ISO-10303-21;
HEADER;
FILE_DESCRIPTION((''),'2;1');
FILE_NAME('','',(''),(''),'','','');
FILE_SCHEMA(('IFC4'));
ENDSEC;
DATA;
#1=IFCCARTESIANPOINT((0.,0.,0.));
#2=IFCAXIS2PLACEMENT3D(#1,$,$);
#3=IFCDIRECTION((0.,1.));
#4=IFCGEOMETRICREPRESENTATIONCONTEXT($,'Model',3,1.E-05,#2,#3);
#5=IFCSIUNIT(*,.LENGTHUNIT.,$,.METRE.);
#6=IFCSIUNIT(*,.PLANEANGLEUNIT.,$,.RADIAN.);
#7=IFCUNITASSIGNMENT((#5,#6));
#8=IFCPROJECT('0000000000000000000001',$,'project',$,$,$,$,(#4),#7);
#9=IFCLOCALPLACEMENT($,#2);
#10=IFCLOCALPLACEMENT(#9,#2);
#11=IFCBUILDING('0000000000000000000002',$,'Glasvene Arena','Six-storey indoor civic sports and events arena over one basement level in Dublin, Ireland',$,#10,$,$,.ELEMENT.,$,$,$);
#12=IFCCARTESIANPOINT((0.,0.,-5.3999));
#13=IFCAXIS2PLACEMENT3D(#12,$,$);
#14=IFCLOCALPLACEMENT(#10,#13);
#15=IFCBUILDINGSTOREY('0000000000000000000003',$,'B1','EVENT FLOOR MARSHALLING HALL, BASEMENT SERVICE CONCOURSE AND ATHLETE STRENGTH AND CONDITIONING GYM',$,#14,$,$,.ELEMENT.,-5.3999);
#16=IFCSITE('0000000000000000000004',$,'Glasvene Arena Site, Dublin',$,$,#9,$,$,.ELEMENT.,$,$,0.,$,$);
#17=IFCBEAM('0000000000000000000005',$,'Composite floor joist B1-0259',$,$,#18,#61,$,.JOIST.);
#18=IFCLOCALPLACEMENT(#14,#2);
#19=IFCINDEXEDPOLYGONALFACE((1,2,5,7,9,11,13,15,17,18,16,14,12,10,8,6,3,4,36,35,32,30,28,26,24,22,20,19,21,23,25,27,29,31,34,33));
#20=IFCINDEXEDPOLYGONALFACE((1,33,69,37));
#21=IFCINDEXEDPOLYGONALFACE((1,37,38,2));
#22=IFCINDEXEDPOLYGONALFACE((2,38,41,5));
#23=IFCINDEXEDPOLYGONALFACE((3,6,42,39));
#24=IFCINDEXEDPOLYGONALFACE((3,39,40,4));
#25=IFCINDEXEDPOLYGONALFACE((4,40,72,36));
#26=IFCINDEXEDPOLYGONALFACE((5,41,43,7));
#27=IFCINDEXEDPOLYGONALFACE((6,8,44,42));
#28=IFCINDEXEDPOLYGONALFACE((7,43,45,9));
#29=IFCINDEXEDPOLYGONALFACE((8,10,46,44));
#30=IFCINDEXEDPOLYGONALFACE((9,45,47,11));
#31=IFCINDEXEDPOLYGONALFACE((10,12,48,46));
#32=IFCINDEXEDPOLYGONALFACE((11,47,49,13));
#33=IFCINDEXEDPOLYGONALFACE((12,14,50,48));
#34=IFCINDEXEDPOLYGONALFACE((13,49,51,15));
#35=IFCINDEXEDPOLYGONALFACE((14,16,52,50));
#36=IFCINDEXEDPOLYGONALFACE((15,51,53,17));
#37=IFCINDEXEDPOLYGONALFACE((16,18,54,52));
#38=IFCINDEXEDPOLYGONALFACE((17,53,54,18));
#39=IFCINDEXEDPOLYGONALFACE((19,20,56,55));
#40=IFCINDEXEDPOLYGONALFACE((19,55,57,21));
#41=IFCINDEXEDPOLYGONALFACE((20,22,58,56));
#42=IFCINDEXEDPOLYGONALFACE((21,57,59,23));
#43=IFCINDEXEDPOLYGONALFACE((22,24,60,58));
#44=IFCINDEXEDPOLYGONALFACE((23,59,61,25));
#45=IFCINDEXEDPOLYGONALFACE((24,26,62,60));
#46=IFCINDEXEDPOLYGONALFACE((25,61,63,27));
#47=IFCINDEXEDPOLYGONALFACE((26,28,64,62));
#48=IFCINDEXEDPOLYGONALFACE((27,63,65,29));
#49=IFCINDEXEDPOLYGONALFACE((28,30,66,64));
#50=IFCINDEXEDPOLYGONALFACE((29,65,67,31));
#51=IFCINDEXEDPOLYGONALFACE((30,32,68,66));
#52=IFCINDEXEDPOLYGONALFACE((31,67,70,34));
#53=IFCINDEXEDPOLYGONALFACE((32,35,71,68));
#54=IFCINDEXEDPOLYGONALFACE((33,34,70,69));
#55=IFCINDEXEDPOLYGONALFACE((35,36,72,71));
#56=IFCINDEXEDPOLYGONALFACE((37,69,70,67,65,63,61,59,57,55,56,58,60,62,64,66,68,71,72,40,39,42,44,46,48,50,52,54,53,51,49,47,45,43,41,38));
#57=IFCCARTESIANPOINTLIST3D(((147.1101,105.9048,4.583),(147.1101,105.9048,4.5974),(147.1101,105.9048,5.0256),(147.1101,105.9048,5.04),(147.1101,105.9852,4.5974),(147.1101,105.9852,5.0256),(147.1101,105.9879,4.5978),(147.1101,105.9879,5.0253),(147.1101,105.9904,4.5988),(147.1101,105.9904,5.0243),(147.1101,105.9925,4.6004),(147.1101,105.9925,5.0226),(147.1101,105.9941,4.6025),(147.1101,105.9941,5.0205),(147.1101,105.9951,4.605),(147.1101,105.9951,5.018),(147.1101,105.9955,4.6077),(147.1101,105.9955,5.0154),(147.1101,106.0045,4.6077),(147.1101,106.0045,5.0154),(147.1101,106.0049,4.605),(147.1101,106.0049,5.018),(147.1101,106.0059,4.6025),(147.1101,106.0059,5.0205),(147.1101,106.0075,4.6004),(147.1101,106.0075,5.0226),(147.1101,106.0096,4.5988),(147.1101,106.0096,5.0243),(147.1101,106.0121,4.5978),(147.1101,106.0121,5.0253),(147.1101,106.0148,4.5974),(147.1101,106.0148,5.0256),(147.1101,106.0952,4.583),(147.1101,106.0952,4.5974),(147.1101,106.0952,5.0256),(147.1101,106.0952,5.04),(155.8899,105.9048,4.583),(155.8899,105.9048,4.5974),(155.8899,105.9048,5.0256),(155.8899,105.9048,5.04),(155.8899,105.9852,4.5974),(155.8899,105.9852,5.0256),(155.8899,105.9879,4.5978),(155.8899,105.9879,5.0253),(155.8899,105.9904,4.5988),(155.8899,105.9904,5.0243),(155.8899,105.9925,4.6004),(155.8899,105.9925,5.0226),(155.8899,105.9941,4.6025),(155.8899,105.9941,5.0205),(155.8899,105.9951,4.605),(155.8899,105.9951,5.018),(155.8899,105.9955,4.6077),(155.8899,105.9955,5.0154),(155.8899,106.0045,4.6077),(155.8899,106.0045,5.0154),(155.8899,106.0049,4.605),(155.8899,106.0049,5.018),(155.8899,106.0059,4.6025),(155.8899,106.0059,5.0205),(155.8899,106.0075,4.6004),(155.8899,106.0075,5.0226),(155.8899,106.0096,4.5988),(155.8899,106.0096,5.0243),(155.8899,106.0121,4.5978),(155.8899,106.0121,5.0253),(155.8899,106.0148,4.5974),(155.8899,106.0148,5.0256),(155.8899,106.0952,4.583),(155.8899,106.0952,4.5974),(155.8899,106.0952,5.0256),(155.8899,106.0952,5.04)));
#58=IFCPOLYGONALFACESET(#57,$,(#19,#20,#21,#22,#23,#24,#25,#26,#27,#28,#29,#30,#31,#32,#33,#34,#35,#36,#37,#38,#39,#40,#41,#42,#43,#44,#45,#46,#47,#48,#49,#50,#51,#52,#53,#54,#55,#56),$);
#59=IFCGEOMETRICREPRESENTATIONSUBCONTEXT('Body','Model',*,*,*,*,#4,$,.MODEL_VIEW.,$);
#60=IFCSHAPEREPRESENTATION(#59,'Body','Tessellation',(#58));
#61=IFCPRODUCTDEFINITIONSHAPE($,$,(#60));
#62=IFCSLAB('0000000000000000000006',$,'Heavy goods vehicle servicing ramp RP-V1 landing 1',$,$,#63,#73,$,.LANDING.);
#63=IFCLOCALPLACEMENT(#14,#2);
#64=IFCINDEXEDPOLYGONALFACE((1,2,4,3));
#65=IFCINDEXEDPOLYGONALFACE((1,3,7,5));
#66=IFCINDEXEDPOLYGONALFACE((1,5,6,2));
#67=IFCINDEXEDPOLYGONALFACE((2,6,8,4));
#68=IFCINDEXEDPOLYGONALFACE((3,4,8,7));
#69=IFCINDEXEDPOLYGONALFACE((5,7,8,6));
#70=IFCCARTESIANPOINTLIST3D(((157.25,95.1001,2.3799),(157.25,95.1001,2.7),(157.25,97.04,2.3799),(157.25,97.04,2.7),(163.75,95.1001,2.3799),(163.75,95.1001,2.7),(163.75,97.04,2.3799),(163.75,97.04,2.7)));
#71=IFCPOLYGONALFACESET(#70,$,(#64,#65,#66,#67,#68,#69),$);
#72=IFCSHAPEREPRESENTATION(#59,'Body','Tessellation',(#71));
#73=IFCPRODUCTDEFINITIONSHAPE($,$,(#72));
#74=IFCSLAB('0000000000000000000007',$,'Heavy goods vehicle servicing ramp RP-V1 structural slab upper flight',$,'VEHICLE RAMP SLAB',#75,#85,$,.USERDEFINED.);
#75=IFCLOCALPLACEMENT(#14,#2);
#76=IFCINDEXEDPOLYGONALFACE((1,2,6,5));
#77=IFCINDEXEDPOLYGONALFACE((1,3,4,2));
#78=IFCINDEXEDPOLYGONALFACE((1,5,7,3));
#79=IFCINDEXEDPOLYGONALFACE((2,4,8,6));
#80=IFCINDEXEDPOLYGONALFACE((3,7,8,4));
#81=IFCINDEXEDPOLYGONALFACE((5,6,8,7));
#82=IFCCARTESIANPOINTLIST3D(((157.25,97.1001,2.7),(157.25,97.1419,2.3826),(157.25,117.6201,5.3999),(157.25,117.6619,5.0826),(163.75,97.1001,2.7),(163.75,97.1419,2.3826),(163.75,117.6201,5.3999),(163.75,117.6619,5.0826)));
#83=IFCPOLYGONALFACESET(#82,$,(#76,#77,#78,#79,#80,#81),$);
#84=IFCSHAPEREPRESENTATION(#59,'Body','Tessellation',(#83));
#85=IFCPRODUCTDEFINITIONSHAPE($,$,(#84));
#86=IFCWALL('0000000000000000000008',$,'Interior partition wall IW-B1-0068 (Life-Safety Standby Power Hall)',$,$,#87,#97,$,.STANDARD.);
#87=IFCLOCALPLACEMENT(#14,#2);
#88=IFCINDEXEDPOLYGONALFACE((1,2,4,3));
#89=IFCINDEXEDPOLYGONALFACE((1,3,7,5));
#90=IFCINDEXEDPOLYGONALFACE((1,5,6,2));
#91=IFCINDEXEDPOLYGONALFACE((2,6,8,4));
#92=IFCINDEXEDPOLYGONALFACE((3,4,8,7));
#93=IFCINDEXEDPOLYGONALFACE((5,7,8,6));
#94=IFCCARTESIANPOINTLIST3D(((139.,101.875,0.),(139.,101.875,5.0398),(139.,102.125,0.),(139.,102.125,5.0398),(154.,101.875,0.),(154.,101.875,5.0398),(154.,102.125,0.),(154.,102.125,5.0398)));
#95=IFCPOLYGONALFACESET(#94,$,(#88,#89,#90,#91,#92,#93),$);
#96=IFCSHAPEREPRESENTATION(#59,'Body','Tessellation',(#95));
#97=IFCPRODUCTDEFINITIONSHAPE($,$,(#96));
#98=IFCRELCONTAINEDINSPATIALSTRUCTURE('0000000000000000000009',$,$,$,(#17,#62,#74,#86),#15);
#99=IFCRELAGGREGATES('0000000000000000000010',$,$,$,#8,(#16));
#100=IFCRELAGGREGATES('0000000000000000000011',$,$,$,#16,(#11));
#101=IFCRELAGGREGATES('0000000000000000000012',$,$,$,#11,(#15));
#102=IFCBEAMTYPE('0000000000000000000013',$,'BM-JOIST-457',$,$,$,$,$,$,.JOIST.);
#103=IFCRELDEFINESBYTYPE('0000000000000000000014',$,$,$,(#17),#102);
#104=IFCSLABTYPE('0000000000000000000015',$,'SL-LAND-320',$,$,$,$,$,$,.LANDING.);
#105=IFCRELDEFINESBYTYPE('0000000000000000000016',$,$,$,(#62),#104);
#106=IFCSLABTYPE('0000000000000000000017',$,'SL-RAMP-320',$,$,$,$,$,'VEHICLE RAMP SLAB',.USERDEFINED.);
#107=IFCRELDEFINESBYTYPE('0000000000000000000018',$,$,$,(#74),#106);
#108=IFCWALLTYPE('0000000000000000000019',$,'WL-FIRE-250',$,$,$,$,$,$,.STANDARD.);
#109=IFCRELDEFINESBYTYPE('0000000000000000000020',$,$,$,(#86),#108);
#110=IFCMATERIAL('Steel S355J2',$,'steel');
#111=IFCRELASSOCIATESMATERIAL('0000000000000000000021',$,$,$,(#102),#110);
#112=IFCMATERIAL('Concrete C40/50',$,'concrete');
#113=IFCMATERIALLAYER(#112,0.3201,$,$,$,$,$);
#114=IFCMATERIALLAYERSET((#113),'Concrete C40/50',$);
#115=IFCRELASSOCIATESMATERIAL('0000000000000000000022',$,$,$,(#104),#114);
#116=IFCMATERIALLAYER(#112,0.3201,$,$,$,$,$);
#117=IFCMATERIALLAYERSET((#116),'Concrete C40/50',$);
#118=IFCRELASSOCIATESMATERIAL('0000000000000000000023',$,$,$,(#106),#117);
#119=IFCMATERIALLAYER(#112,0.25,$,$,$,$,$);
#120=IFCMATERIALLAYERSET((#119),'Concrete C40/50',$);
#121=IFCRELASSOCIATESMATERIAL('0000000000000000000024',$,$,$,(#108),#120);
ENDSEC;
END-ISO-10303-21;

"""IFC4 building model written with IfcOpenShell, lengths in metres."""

from ifc_helpers import new_model, si_unit, direction, frame, frame_2d, origin, origin_2d, place, context, subcontext, project, spatial, polyline, rectangle, i_section, outline, extrude, material, layer, layer_set, material_profile, profile_set, type_object, element, save


model = new_model("IFC4")

# Units and contexts
model_context = context("Model", 3, precision=1e-05, world=origin(), true_north=direction((0.0, 1.0)))
body_context = subcontext(model_context, "Body", "Model", "MODEL_VIEW")
ifc_project = project(units=[si_unit("LENGTHUNIT", "METRE"), si_unit("PLANEANGLEUNIT", "RADIAN")], contexts=[model_context])

# Site, building, storey
site_placement = place(None, origin())
site = spatial("IfcSite", under=ifc_project, at=site_placement, Name="Glasvene Arena Site, Dublin", CompositionType="ELEMENT", RefElevation=0.0)
building_placement = place(site_placement, origin())
building = spatial("IfcBuilding", under=site, at=building_placement, Name="Glasvene Arena", Description="Six-storey indoor civic sports and events arena over one basement level in Dublin, Ireland", CompositionType="ELEMENT")
storey_placement = place(building_placement, frame((0.0, 0.0, -5.3999)))
storey = spatial("IfcBuildingStorey", under=building, at=storey_placement, Name="B1", Description="EVENT FLOOR MARSHALLING HALL, BASEMENT SERVICE CONCOURSE AND ATHLETE STRENGTH AND CONDITIONING GYM", CompositionType="ELEMENT", Elevation=-5.3999)

# Shared definitions
ifc_material_1 = material(Name="Concrete C40/50", Category="concrete")

# Beam
ifc_material_2 = material(Name="Steel S355J2", Category="steel")
ifc_material_profile_1 = material_profile(ifc_material_2, i_section(OverallWidth=0.1904, OverallDepth=0.457, WebThickness=0.009, FlangeThickness=0.0144, FilletRadius=0.0103, at=origin_2d()), Name="UKB 457x191x74")
ifc_profile_set_1 = profile_set([ifc_material_profile_1], Name="Steel S355J2")
beam_type_1 = type_object("IfcBeamType", Name="BM-JOIST-457", PredefinedType="JOIST", material=ifc_profile_set_1)
for number, where, z_axis, x_axis, name in (
    (1, (147.1101, 106.0, 4.8115), (1.0, 0.0, 0.0), (0.0, 1.0, 0.0), "Composite floor joist B1-0259"),
):
    element("IfcBeam", number, at=place(storey_placement, frame(where, z_axis=z_axis, x_axis=x_axis)), inside=storey, type_object=beam_type_1, Name=name, PredefinedType="JOIST", context=body_context, shape_type="SweptSolid", body=[
        extrude(i_section(OverallWidth=0.1904, OverallDepth=0.457, WebThickness=0.009, FlangeThickness=0.0144, FilletRadius=0.0103, at=origin_2d()), origin(), (0.0, 0.0, 1.0), 8.7798),
    ])

# Slabs
ifc_layer_1 = layer(ifc_material_1, 0.3201)
ifc_layer_set_1 = layer_set([ifc_layer_1], Name="Concrete C40/50")
slab_type_1 = type_object("IfcSlabType", Name="SL-LAND-320", PredefinedType="LANDING", material=ifc_layer_set_1)
slab_1_placement = place(storey_placement, frame((160.5, 96.0701, 2.3799)))
element("IfcSlab", 2, at=slab_1_placement, inside=storey, type_object=slab_type_1, Name="Heavy goods vehicle servicing ramp RP-V1 landing 1", PredefinedType="LANDING", context=body_context, shape_type="SweptSolid", body=[
    extrude(outline(polyline([(-3.25, -0.97), (3.25, -0.97), (3.25, 0.97), (-3.25, 0.97), (-3.25, -0.97)])), origin(), (0.0, 0.0, 1.0), 0.3201),
])
ifc_layer_2 = layer(ifc_material_1, 0.3201)
ifc_layer_set_2 = layer_set([ifc_layer_2], Name="Concrete C40/50")
slab_type_2 = type_object("IfcSlabType", Name="SL-RAMP-320", ElementType="VEHICLE RAMP SLAB", PredefinedType="USERDEFINED", material=ifc_layer_set_2)
slab_2_placement = place(storey_placement, frame((157.25, 97.1001, 2.7), z_axis=(0.0, -0.130452, 0.991455), x_axis=(1.0, 0.0, 0.0)))
element("IfcSlab", 3, at=slab_2_placement, inside=storey, type_object=slab_type_2, Name="Heavy goods vehicle servicing ramp RP-V1 structural slab upper flight", ObjectType="VEHICLE RAMP SLAB", PredefinedType="USERDEFINED", context=body_context, shape_type="SweptSolid", body=[
    extrude(outline(polyline([(0.0, 0.0), (6.5, 0.0), (6.5, 20.6969), (0.0, 20.6969), (0.0, 0.0)])), origin(), (0.0, 0.0, -1.0), 0.3201),
])

# Shared definitions
ifc_layer_3 = layer(ifc_material_1, 0.25)
ifc_layer_set_3 = layer_set([ifc_layer_3], Name="Concrete C40/50")
wall_type = type_object("IfcWallType", Name="WL-FIRE-250", PredefinedType="STANDARD", material=ifc_layer_set_3)

# Wall
wall_1_placement = place(storey_placement, frame((154.0, 102.0, 0.0), z_axis=(0.0, 0.0, 1.0), x_axis=(-1.0, 0.0, 0.0)))
element("IfcWall", 4, at=wall_1_placement, inside=storey, type_object=wall_type, Name="Interior partition wall IW-B1-0068 (Life-Safety Standby Power Hall)", PredefinedType="STANDARD", context=body_context, shape_type="SweptSolid", body=[
    extrude(rectangle(XDim=15.0, YDim=0.25, at=frame_2d((7.5, 0.0))), origin(), (0.0, 0.0, 1.0), 5.0398),
])

save(model, "model.ifc")
